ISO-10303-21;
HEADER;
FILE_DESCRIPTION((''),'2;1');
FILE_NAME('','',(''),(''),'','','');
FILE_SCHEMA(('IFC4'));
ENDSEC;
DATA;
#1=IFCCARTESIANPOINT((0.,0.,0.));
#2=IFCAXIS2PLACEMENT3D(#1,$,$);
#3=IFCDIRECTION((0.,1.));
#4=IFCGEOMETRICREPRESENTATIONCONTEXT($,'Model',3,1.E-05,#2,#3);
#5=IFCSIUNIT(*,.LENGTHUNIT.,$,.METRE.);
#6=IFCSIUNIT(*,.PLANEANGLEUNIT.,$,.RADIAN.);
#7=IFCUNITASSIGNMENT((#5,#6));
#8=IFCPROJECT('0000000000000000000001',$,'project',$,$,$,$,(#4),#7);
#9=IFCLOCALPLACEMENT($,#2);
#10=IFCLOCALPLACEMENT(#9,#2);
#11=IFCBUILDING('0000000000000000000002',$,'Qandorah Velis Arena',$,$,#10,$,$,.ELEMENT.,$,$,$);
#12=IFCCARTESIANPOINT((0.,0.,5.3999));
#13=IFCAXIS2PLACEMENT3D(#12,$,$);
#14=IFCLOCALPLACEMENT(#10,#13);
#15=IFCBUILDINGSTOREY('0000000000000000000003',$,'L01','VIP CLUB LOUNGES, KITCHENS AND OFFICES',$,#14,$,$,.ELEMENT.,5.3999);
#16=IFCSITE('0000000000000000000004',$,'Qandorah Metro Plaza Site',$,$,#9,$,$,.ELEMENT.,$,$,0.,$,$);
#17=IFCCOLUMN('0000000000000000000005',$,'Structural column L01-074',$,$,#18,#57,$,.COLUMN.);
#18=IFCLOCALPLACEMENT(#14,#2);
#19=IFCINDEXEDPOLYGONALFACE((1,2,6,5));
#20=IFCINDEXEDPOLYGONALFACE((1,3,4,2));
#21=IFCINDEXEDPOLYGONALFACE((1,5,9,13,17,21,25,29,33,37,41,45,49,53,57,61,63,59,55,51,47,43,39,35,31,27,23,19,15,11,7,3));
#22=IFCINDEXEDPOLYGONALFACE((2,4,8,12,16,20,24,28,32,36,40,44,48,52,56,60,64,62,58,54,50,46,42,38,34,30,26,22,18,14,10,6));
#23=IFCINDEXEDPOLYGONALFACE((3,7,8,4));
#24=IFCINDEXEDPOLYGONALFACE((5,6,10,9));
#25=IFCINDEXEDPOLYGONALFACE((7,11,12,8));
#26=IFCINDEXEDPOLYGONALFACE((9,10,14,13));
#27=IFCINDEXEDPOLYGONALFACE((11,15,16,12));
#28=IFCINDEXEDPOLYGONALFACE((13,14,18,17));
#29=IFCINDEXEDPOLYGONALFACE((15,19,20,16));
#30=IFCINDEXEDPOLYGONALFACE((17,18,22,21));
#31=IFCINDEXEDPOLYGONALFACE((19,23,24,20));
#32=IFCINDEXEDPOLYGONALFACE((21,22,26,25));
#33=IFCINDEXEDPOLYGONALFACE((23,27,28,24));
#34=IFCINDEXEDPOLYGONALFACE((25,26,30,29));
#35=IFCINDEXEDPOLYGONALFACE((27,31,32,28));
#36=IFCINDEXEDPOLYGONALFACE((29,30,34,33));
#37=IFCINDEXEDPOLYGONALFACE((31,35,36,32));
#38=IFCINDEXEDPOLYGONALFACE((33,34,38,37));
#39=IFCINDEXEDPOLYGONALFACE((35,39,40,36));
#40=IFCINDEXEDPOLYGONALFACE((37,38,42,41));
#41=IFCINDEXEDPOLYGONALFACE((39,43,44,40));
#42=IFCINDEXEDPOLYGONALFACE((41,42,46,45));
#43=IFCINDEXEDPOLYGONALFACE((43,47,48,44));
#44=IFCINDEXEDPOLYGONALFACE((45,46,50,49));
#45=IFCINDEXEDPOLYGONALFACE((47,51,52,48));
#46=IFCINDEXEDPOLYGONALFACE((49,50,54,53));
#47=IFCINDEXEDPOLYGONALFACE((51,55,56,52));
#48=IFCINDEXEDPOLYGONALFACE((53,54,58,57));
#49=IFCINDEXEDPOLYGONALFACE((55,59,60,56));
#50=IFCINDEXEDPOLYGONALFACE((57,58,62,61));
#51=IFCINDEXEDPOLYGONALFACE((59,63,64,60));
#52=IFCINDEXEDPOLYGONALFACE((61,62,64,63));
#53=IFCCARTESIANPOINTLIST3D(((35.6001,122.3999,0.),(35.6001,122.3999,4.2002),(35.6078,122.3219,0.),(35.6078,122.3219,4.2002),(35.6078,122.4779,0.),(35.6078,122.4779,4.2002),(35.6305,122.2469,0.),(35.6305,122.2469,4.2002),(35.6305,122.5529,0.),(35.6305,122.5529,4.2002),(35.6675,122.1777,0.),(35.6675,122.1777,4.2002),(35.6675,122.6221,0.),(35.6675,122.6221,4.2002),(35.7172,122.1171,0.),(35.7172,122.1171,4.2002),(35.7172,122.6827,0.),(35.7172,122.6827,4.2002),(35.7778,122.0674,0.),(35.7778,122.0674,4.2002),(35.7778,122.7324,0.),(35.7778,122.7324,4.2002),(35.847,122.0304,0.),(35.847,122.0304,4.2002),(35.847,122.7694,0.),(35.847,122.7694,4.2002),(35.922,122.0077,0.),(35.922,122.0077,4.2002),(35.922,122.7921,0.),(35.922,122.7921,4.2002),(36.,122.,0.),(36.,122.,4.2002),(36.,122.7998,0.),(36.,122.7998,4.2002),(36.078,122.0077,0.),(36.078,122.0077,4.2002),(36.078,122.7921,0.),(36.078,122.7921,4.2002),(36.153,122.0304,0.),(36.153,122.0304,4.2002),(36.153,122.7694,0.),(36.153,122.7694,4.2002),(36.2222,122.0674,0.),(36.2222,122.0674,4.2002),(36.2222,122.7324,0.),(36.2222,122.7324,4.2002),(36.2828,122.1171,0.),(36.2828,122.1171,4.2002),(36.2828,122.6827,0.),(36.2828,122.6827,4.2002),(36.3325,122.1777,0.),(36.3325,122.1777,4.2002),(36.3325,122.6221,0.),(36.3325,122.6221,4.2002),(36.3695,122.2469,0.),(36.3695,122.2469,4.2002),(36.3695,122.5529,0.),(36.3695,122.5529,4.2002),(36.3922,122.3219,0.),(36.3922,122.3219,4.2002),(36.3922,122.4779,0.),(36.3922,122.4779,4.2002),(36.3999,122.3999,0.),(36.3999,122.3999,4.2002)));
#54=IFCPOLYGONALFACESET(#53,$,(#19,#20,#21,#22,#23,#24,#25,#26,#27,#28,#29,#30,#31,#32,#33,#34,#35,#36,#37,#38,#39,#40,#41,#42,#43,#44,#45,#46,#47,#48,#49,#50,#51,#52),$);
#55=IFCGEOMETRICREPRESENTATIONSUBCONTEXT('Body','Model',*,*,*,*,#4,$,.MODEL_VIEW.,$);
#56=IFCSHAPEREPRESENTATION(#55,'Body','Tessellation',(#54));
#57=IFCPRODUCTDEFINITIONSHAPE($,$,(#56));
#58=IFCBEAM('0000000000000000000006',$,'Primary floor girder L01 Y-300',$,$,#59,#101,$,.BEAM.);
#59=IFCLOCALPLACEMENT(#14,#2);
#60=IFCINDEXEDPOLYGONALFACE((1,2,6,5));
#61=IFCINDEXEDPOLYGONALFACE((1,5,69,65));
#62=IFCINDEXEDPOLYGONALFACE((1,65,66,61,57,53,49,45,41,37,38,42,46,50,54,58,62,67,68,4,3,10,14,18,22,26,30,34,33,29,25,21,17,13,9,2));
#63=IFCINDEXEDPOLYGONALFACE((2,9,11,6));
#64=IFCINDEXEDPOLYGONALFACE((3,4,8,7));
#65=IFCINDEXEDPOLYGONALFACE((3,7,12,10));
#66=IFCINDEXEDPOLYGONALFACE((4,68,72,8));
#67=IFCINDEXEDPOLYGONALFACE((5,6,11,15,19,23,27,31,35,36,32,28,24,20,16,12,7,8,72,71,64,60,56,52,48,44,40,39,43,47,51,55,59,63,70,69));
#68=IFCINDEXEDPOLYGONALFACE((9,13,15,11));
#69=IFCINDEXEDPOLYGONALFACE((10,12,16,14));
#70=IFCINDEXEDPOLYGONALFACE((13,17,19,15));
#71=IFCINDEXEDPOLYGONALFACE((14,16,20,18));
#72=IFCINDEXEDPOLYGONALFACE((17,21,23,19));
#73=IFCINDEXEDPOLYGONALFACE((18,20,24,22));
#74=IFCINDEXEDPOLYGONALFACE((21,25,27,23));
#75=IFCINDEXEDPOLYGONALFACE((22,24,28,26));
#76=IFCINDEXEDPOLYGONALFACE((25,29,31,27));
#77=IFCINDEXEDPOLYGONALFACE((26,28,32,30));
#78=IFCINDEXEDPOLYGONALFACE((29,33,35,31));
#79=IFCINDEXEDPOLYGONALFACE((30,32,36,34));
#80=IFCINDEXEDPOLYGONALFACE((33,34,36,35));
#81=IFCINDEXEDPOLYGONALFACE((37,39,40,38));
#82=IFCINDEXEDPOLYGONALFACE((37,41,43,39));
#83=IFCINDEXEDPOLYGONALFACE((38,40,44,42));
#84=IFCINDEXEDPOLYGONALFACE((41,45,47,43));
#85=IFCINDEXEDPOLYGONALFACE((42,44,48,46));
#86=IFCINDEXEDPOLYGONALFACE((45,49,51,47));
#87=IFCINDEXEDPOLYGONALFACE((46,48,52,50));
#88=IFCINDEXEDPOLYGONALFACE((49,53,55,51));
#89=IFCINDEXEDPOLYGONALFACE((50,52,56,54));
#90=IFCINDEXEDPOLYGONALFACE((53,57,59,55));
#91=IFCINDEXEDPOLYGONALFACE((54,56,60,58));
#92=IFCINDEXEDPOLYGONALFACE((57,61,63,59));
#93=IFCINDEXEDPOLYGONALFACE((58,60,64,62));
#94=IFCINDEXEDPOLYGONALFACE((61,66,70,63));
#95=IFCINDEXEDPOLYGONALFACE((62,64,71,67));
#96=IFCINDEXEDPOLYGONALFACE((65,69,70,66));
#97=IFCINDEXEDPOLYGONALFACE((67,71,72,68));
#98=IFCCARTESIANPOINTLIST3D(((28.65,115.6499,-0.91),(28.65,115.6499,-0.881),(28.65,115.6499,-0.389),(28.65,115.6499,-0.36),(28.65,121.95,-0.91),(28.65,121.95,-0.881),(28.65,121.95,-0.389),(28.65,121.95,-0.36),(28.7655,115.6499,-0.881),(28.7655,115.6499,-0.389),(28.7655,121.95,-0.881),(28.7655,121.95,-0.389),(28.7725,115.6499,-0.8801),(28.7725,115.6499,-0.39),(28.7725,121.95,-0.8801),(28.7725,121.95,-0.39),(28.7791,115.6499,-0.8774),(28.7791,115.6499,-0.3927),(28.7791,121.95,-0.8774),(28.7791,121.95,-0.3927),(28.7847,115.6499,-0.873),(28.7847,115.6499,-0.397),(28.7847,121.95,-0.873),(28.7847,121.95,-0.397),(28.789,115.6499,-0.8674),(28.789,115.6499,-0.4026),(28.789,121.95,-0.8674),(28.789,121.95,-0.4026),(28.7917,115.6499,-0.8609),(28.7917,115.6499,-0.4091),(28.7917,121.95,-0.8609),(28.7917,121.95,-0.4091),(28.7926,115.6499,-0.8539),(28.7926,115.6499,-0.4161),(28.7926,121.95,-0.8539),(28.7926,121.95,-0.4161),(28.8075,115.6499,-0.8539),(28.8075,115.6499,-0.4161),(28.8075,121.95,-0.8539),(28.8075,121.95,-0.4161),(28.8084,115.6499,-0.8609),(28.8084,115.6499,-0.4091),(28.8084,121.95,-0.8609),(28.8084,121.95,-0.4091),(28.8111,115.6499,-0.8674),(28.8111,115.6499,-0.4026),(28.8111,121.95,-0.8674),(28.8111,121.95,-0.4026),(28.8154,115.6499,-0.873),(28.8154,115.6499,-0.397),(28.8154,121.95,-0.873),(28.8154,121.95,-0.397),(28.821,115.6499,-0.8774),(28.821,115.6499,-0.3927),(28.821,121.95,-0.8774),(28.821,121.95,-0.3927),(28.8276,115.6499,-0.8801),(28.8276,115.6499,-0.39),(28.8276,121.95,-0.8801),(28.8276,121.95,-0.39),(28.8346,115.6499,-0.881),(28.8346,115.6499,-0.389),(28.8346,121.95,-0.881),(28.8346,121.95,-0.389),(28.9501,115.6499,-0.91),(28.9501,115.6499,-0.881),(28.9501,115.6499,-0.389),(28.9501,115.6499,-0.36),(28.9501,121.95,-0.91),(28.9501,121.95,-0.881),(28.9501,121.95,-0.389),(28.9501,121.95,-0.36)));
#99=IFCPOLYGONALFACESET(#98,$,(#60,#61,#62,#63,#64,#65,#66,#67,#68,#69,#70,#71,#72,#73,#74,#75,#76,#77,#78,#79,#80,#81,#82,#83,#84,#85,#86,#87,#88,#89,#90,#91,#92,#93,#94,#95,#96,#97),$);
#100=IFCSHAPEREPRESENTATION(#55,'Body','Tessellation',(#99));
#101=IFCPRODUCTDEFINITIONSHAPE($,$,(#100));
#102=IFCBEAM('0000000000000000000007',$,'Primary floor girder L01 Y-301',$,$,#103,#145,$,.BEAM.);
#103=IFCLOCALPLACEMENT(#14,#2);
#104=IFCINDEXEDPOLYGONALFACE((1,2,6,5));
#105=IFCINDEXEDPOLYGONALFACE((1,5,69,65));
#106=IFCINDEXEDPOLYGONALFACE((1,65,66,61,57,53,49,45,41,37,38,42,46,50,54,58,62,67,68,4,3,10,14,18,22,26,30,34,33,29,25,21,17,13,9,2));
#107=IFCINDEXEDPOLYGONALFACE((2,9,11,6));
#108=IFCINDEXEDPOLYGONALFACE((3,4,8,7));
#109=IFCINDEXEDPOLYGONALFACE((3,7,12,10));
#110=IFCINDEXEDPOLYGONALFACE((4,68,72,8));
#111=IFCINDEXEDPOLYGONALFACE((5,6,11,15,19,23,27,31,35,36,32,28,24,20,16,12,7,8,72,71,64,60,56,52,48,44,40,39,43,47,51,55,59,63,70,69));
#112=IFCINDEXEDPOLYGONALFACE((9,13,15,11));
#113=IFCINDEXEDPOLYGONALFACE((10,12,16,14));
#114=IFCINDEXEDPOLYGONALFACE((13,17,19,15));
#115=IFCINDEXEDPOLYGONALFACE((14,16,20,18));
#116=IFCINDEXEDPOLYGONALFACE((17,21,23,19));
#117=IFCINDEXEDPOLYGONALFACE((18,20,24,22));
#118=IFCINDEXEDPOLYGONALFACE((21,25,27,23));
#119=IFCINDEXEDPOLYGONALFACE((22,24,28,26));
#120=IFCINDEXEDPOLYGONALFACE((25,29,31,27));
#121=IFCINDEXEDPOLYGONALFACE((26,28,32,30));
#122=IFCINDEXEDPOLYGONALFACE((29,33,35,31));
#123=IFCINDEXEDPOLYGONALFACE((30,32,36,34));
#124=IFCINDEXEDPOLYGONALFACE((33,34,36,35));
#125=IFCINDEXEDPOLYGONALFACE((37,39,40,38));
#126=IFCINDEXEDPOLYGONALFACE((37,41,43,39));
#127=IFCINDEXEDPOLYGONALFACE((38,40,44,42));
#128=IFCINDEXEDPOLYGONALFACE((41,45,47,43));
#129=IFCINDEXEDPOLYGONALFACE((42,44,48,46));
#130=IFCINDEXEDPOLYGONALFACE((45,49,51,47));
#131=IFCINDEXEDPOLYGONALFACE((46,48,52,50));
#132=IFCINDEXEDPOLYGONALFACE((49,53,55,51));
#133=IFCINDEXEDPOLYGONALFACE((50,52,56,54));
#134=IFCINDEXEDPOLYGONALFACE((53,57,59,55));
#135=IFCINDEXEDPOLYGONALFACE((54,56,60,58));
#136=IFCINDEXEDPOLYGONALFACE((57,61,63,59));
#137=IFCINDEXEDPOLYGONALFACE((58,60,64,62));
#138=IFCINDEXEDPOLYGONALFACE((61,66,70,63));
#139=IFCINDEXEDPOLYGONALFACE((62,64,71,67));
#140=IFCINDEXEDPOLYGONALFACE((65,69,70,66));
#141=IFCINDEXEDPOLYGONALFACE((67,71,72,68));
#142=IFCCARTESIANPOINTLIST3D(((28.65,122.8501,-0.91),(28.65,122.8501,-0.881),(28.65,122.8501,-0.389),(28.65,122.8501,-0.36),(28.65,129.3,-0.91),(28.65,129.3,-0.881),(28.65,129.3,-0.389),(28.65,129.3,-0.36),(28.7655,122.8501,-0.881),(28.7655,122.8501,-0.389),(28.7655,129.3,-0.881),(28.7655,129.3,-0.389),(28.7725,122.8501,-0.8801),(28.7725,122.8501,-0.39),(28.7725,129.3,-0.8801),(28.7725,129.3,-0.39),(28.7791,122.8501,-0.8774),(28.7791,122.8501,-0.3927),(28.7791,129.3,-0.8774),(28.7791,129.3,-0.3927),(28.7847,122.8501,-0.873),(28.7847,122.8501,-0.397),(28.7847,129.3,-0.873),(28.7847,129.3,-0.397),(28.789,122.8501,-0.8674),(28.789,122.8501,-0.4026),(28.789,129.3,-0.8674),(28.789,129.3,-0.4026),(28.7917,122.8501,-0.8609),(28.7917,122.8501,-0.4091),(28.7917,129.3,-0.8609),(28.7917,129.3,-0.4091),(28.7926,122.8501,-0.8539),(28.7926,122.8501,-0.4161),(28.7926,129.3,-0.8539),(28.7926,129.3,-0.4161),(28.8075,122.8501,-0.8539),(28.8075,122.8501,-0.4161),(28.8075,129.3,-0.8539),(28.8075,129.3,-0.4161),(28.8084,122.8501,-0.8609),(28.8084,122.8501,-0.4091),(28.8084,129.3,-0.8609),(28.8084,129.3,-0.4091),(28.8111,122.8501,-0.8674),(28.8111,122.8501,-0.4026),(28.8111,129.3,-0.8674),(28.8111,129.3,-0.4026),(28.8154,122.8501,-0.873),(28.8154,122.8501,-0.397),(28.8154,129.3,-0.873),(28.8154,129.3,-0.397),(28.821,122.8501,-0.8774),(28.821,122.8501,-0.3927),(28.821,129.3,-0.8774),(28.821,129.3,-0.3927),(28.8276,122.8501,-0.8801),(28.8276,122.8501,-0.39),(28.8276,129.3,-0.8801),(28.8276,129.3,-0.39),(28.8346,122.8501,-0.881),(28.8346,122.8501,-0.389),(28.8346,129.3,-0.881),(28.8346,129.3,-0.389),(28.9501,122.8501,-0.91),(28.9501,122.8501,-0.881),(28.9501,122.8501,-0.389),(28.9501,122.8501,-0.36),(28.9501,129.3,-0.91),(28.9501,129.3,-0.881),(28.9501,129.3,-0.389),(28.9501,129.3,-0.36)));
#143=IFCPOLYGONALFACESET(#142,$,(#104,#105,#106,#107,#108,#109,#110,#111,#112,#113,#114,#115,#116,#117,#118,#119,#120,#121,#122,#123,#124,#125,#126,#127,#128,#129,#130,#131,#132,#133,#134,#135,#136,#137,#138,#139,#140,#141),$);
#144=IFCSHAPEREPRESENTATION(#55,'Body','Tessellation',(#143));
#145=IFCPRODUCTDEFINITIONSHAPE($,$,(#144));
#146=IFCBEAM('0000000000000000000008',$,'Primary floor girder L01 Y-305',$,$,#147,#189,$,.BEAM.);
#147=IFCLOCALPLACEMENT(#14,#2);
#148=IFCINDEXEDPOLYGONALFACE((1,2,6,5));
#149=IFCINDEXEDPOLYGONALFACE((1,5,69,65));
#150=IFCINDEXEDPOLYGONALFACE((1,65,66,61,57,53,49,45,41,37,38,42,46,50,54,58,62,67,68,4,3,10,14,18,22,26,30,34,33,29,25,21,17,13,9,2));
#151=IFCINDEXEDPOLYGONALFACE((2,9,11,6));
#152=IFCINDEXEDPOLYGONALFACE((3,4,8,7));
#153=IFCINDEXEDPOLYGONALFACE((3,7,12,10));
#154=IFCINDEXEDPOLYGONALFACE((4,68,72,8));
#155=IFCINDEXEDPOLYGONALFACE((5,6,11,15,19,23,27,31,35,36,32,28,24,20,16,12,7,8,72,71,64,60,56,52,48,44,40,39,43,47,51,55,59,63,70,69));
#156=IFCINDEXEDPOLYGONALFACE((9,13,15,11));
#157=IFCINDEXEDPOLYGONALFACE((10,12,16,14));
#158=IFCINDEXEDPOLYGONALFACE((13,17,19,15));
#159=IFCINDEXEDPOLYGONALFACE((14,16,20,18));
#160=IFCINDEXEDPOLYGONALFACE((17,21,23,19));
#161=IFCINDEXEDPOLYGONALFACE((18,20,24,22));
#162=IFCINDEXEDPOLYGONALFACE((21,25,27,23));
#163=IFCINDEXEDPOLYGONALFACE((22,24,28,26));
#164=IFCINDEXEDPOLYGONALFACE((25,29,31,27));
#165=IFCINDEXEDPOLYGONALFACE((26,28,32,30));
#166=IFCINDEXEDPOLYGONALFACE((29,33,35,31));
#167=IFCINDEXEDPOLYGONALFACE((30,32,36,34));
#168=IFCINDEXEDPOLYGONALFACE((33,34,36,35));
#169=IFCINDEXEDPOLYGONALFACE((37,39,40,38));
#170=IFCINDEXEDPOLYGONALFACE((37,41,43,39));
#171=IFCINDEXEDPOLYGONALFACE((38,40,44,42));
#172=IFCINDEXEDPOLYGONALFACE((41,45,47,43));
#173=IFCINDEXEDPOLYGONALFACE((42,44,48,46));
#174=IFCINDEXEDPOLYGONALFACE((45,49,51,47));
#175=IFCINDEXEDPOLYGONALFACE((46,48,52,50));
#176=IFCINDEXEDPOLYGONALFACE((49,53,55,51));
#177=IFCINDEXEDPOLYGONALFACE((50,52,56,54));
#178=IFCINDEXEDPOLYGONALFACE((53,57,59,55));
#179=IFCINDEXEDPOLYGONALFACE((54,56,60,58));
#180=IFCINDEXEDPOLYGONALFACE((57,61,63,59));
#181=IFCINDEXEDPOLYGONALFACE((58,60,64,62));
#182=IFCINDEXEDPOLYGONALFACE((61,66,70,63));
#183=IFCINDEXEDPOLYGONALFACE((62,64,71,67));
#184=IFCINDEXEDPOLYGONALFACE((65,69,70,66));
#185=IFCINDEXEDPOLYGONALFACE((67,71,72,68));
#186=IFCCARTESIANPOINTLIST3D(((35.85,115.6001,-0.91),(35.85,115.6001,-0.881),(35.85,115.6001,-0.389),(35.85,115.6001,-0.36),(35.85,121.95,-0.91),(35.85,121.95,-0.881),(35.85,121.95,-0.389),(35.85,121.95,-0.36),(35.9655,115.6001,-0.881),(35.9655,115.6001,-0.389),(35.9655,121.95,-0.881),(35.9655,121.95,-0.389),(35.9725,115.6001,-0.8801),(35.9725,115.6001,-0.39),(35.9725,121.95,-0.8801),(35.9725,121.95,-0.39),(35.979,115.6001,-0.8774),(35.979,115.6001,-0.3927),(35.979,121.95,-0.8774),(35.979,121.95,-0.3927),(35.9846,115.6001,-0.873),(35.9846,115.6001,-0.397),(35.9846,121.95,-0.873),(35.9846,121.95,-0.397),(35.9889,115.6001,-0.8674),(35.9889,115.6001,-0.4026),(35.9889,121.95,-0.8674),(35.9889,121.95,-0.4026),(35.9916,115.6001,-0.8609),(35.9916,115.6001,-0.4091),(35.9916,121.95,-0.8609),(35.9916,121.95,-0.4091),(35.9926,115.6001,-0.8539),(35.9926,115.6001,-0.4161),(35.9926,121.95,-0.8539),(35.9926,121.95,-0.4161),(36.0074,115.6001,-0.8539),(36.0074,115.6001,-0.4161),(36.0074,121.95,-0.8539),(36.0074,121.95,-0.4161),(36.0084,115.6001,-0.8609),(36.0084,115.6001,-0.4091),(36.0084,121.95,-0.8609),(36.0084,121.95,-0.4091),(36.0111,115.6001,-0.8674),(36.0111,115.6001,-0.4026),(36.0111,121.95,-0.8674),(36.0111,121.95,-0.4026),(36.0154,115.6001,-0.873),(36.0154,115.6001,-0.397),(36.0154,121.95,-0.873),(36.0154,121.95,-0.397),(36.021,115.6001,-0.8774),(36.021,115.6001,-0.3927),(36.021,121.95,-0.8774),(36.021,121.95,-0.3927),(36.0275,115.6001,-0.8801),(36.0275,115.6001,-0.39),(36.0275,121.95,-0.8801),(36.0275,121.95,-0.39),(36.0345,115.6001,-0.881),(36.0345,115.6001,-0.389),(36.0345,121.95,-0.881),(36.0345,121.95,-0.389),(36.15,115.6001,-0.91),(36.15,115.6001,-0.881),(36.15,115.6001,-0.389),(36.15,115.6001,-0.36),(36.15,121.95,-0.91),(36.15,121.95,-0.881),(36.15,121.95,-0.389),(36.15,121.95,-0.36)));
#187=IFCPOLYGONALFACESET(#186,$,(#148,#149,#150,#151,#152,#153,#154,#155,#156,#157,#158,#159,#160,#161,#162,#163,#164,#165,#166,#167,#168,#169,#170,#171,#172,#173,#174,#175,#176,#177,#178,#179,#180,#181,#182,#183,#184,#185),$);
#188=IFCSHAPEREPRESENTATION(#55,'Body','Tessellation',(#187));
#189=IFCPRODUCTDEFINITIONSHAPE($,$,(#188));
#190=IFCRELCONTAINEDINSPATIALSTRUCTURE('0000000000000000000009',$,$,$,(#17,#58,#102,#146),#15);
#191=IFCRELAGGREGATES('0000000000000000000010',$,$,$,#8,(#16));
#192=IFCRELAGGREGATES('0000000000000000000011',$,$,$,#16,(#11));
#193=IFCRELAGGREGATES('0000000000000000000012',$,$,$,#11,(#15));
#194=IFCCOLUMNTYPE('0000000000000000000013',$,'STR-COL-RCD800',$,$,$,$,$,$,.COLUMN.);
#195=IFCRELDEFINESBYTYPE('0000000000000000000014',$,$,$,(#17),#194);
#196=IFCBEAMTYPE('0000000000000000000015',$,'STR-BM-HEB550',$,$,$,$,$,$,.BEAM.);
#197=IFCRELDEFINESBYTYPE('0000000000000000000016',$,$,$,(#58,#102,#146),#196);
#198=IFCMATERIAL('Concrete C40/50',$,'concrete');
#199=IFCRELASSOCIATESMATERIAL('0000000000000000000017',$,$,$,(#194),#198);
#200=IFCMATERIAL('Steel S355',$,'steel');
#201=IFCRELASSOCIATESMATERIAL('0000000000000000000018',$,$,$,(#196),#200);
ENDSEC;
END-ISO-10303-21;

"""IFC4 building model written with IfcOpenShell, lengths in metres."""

from ifc_helpers import new_model, si_unit, direction, frame, origin, origin_2d, place, context, subcontext, project, spatial, circle, i_section, extrude, material, material_profile, profile_set, type_object, element, save


model = new_model("IFC4")

# Units and contexts
model_context = context("Model", 3, precision=1e-05, world=origin(), true_north=direction((0.0, 1.0)))
body_context = subcontext(model_context, "Body", "Model", "MODEL_VIEW")
ifc_project = project(units=[si_unit("LENGTHUNIT", "METRE"), si_unit("PLANEANGLEUNIT", "RADIAN")], contexts=[model_context])

# Site, building, storey
site_placement = place(None, origin())
site = spatial("IfcSite", under=ifc_project, at=site_placement, Name="Qandorah Metro Plaza Site", CompositionType="ELEMENT", RefElevation=0.0)
building_placement = place(site_placement, origin())
building = spatial("IfcBuilding", under=site, at=building_placement, Name="Qandorah Velis Arena", CompositionType="ELEMENT")
storey_placement = place(building_placement, frame((0.0, 0.0, 5.3999)))
storey = spatial("IfcBuildingStorey", under=building, at=storey_placement, Name="L01", Description="VIP CLUB LOUNGES, KITCHENS AND OFFICES", CompositionType="ELEMENT", Elevation=5.3999)

# Column
ifc_material_1 = material(Name="Concrete C40/50", Category="concrete")
ifc_material_profile_1 = material_profile(ifc_material_1, circle(Radius=0.3999, at=origin_2d()), Name="RC D800")
ifc_profile_set_1 = profile_set([ifc_material_profile_1], Name="Concrete C40/50")
column_type_1 = type_object("IfcColumnType", Name="STR-COL-RCD800", PredefinedType="COLUMN", material=ifc_profile_set_1)
column_1_placement = place(storey_placement, frame((36.0, 122.3999, 0.0), z_axis=(0.0, 0.0, 1.0), x_axis=(1.0, 0.0, 0.0)))
element("IfcColumn", 1, at=column_1_placement, inside=storey, type_object=column_type_1, Name="Structural column L01-074", PredefinedType="COLUMN", context=body_context, shape_type="SweptSolid", body=[
    extrude(circle(Radius=0.3999, at=origin_2d()), origin(), (0.0, 0.0, 1.0), 4.2002),
])

# Beams
ifc_material_2 = material(Name="Steel S355", Category="steel")
ifc_material_profile_2 = material_profile(ifc_material_2, i_section(OverallWidth=0.3, OverallDepth=0.55, WebThickness=0.0149, FlangeThickness=0.0291, FilletRadius=0.0271, at=origin_2d()), Name="HEB 550")
ifc_profile_set_2 = profile_set([ifc_material_profile_2], Name="Steel S355")
beam_type_1 = type_object("IfcBeamType", Name="STR-BM-HEB550", PredefinedType="BEAM", material=ifc_profile_set_2)
beam_1_placement = place(storey_placement, frame((28.8, 115.6499, -0.635), z_axis=(0.0, 1.0, 0.0), x_axis=(-1.0, 0.0, 0.0)))
element("IfcBeam", 2, at=beam_1_placement, inside=storey, type_object=beam_type_1, Name="Primary floor girder L01 Y-300", PredefinedType="BEAM", context=body_context, shape_type="SweptSolid", body=[
    extrude(i_section(OverallWidth=0.3, OverallDepth=0.55, WebThickness=0.0149, FlangeThickness=0.0291, FilletRadius=0.0271, at=origin_2d()), origin(), (0.0, 0.0, 1.0), 6.3),
])
beam_2_placement = place(storey_placement, frame((28.8, 122.8501, -0.635), z_axis=(0.0, 1.0, 0.0), x_axis=(-1.0, 0.0, 0.0)))
element("IfcBeam", 3, at=beam_2_placement, inside=storey, type_object=beam_type_1, Name="Primary floor girder L01 Y-301", PredefinedType="BEAM", context=body_context, shape_type="SweptSolid", body=[
    extrude(i_section(OverallWidth=0.3, OverallDepth=0.55, WebThickness=0.0149, FlangeThickness=0.0291, FilletRadius=0.0271, at=origin_2d()), origin(), (0.0, 0.0, 1.0), 6.45),
])
beam_3_placement = place(storey_placement, frame((36.0, 115.6001, -0.635), z_axis=(0.0, 1.0, 0.0), x_axis=(-1.0, 0.0, 0.0)))
element("IfcBeam", 4, at=beam_3_placement, inside=storey, type_object=beam_type_1, Name="Primary floor girder L01 Y-305", PredefinedType="BEAM", context=body_context, shape_type="SweptSolid", body=[
    extrude(i_section(OverallWidth=0.3, OverallDepth=0.55, WebThickness=0.0149, FlangeThickness=0.0291, FilletRadius=0.0271, at=origin_2d()), origin(), (0.0, 0.0, 1.0), 6.3499),
])

save(model, "model.ifc")
